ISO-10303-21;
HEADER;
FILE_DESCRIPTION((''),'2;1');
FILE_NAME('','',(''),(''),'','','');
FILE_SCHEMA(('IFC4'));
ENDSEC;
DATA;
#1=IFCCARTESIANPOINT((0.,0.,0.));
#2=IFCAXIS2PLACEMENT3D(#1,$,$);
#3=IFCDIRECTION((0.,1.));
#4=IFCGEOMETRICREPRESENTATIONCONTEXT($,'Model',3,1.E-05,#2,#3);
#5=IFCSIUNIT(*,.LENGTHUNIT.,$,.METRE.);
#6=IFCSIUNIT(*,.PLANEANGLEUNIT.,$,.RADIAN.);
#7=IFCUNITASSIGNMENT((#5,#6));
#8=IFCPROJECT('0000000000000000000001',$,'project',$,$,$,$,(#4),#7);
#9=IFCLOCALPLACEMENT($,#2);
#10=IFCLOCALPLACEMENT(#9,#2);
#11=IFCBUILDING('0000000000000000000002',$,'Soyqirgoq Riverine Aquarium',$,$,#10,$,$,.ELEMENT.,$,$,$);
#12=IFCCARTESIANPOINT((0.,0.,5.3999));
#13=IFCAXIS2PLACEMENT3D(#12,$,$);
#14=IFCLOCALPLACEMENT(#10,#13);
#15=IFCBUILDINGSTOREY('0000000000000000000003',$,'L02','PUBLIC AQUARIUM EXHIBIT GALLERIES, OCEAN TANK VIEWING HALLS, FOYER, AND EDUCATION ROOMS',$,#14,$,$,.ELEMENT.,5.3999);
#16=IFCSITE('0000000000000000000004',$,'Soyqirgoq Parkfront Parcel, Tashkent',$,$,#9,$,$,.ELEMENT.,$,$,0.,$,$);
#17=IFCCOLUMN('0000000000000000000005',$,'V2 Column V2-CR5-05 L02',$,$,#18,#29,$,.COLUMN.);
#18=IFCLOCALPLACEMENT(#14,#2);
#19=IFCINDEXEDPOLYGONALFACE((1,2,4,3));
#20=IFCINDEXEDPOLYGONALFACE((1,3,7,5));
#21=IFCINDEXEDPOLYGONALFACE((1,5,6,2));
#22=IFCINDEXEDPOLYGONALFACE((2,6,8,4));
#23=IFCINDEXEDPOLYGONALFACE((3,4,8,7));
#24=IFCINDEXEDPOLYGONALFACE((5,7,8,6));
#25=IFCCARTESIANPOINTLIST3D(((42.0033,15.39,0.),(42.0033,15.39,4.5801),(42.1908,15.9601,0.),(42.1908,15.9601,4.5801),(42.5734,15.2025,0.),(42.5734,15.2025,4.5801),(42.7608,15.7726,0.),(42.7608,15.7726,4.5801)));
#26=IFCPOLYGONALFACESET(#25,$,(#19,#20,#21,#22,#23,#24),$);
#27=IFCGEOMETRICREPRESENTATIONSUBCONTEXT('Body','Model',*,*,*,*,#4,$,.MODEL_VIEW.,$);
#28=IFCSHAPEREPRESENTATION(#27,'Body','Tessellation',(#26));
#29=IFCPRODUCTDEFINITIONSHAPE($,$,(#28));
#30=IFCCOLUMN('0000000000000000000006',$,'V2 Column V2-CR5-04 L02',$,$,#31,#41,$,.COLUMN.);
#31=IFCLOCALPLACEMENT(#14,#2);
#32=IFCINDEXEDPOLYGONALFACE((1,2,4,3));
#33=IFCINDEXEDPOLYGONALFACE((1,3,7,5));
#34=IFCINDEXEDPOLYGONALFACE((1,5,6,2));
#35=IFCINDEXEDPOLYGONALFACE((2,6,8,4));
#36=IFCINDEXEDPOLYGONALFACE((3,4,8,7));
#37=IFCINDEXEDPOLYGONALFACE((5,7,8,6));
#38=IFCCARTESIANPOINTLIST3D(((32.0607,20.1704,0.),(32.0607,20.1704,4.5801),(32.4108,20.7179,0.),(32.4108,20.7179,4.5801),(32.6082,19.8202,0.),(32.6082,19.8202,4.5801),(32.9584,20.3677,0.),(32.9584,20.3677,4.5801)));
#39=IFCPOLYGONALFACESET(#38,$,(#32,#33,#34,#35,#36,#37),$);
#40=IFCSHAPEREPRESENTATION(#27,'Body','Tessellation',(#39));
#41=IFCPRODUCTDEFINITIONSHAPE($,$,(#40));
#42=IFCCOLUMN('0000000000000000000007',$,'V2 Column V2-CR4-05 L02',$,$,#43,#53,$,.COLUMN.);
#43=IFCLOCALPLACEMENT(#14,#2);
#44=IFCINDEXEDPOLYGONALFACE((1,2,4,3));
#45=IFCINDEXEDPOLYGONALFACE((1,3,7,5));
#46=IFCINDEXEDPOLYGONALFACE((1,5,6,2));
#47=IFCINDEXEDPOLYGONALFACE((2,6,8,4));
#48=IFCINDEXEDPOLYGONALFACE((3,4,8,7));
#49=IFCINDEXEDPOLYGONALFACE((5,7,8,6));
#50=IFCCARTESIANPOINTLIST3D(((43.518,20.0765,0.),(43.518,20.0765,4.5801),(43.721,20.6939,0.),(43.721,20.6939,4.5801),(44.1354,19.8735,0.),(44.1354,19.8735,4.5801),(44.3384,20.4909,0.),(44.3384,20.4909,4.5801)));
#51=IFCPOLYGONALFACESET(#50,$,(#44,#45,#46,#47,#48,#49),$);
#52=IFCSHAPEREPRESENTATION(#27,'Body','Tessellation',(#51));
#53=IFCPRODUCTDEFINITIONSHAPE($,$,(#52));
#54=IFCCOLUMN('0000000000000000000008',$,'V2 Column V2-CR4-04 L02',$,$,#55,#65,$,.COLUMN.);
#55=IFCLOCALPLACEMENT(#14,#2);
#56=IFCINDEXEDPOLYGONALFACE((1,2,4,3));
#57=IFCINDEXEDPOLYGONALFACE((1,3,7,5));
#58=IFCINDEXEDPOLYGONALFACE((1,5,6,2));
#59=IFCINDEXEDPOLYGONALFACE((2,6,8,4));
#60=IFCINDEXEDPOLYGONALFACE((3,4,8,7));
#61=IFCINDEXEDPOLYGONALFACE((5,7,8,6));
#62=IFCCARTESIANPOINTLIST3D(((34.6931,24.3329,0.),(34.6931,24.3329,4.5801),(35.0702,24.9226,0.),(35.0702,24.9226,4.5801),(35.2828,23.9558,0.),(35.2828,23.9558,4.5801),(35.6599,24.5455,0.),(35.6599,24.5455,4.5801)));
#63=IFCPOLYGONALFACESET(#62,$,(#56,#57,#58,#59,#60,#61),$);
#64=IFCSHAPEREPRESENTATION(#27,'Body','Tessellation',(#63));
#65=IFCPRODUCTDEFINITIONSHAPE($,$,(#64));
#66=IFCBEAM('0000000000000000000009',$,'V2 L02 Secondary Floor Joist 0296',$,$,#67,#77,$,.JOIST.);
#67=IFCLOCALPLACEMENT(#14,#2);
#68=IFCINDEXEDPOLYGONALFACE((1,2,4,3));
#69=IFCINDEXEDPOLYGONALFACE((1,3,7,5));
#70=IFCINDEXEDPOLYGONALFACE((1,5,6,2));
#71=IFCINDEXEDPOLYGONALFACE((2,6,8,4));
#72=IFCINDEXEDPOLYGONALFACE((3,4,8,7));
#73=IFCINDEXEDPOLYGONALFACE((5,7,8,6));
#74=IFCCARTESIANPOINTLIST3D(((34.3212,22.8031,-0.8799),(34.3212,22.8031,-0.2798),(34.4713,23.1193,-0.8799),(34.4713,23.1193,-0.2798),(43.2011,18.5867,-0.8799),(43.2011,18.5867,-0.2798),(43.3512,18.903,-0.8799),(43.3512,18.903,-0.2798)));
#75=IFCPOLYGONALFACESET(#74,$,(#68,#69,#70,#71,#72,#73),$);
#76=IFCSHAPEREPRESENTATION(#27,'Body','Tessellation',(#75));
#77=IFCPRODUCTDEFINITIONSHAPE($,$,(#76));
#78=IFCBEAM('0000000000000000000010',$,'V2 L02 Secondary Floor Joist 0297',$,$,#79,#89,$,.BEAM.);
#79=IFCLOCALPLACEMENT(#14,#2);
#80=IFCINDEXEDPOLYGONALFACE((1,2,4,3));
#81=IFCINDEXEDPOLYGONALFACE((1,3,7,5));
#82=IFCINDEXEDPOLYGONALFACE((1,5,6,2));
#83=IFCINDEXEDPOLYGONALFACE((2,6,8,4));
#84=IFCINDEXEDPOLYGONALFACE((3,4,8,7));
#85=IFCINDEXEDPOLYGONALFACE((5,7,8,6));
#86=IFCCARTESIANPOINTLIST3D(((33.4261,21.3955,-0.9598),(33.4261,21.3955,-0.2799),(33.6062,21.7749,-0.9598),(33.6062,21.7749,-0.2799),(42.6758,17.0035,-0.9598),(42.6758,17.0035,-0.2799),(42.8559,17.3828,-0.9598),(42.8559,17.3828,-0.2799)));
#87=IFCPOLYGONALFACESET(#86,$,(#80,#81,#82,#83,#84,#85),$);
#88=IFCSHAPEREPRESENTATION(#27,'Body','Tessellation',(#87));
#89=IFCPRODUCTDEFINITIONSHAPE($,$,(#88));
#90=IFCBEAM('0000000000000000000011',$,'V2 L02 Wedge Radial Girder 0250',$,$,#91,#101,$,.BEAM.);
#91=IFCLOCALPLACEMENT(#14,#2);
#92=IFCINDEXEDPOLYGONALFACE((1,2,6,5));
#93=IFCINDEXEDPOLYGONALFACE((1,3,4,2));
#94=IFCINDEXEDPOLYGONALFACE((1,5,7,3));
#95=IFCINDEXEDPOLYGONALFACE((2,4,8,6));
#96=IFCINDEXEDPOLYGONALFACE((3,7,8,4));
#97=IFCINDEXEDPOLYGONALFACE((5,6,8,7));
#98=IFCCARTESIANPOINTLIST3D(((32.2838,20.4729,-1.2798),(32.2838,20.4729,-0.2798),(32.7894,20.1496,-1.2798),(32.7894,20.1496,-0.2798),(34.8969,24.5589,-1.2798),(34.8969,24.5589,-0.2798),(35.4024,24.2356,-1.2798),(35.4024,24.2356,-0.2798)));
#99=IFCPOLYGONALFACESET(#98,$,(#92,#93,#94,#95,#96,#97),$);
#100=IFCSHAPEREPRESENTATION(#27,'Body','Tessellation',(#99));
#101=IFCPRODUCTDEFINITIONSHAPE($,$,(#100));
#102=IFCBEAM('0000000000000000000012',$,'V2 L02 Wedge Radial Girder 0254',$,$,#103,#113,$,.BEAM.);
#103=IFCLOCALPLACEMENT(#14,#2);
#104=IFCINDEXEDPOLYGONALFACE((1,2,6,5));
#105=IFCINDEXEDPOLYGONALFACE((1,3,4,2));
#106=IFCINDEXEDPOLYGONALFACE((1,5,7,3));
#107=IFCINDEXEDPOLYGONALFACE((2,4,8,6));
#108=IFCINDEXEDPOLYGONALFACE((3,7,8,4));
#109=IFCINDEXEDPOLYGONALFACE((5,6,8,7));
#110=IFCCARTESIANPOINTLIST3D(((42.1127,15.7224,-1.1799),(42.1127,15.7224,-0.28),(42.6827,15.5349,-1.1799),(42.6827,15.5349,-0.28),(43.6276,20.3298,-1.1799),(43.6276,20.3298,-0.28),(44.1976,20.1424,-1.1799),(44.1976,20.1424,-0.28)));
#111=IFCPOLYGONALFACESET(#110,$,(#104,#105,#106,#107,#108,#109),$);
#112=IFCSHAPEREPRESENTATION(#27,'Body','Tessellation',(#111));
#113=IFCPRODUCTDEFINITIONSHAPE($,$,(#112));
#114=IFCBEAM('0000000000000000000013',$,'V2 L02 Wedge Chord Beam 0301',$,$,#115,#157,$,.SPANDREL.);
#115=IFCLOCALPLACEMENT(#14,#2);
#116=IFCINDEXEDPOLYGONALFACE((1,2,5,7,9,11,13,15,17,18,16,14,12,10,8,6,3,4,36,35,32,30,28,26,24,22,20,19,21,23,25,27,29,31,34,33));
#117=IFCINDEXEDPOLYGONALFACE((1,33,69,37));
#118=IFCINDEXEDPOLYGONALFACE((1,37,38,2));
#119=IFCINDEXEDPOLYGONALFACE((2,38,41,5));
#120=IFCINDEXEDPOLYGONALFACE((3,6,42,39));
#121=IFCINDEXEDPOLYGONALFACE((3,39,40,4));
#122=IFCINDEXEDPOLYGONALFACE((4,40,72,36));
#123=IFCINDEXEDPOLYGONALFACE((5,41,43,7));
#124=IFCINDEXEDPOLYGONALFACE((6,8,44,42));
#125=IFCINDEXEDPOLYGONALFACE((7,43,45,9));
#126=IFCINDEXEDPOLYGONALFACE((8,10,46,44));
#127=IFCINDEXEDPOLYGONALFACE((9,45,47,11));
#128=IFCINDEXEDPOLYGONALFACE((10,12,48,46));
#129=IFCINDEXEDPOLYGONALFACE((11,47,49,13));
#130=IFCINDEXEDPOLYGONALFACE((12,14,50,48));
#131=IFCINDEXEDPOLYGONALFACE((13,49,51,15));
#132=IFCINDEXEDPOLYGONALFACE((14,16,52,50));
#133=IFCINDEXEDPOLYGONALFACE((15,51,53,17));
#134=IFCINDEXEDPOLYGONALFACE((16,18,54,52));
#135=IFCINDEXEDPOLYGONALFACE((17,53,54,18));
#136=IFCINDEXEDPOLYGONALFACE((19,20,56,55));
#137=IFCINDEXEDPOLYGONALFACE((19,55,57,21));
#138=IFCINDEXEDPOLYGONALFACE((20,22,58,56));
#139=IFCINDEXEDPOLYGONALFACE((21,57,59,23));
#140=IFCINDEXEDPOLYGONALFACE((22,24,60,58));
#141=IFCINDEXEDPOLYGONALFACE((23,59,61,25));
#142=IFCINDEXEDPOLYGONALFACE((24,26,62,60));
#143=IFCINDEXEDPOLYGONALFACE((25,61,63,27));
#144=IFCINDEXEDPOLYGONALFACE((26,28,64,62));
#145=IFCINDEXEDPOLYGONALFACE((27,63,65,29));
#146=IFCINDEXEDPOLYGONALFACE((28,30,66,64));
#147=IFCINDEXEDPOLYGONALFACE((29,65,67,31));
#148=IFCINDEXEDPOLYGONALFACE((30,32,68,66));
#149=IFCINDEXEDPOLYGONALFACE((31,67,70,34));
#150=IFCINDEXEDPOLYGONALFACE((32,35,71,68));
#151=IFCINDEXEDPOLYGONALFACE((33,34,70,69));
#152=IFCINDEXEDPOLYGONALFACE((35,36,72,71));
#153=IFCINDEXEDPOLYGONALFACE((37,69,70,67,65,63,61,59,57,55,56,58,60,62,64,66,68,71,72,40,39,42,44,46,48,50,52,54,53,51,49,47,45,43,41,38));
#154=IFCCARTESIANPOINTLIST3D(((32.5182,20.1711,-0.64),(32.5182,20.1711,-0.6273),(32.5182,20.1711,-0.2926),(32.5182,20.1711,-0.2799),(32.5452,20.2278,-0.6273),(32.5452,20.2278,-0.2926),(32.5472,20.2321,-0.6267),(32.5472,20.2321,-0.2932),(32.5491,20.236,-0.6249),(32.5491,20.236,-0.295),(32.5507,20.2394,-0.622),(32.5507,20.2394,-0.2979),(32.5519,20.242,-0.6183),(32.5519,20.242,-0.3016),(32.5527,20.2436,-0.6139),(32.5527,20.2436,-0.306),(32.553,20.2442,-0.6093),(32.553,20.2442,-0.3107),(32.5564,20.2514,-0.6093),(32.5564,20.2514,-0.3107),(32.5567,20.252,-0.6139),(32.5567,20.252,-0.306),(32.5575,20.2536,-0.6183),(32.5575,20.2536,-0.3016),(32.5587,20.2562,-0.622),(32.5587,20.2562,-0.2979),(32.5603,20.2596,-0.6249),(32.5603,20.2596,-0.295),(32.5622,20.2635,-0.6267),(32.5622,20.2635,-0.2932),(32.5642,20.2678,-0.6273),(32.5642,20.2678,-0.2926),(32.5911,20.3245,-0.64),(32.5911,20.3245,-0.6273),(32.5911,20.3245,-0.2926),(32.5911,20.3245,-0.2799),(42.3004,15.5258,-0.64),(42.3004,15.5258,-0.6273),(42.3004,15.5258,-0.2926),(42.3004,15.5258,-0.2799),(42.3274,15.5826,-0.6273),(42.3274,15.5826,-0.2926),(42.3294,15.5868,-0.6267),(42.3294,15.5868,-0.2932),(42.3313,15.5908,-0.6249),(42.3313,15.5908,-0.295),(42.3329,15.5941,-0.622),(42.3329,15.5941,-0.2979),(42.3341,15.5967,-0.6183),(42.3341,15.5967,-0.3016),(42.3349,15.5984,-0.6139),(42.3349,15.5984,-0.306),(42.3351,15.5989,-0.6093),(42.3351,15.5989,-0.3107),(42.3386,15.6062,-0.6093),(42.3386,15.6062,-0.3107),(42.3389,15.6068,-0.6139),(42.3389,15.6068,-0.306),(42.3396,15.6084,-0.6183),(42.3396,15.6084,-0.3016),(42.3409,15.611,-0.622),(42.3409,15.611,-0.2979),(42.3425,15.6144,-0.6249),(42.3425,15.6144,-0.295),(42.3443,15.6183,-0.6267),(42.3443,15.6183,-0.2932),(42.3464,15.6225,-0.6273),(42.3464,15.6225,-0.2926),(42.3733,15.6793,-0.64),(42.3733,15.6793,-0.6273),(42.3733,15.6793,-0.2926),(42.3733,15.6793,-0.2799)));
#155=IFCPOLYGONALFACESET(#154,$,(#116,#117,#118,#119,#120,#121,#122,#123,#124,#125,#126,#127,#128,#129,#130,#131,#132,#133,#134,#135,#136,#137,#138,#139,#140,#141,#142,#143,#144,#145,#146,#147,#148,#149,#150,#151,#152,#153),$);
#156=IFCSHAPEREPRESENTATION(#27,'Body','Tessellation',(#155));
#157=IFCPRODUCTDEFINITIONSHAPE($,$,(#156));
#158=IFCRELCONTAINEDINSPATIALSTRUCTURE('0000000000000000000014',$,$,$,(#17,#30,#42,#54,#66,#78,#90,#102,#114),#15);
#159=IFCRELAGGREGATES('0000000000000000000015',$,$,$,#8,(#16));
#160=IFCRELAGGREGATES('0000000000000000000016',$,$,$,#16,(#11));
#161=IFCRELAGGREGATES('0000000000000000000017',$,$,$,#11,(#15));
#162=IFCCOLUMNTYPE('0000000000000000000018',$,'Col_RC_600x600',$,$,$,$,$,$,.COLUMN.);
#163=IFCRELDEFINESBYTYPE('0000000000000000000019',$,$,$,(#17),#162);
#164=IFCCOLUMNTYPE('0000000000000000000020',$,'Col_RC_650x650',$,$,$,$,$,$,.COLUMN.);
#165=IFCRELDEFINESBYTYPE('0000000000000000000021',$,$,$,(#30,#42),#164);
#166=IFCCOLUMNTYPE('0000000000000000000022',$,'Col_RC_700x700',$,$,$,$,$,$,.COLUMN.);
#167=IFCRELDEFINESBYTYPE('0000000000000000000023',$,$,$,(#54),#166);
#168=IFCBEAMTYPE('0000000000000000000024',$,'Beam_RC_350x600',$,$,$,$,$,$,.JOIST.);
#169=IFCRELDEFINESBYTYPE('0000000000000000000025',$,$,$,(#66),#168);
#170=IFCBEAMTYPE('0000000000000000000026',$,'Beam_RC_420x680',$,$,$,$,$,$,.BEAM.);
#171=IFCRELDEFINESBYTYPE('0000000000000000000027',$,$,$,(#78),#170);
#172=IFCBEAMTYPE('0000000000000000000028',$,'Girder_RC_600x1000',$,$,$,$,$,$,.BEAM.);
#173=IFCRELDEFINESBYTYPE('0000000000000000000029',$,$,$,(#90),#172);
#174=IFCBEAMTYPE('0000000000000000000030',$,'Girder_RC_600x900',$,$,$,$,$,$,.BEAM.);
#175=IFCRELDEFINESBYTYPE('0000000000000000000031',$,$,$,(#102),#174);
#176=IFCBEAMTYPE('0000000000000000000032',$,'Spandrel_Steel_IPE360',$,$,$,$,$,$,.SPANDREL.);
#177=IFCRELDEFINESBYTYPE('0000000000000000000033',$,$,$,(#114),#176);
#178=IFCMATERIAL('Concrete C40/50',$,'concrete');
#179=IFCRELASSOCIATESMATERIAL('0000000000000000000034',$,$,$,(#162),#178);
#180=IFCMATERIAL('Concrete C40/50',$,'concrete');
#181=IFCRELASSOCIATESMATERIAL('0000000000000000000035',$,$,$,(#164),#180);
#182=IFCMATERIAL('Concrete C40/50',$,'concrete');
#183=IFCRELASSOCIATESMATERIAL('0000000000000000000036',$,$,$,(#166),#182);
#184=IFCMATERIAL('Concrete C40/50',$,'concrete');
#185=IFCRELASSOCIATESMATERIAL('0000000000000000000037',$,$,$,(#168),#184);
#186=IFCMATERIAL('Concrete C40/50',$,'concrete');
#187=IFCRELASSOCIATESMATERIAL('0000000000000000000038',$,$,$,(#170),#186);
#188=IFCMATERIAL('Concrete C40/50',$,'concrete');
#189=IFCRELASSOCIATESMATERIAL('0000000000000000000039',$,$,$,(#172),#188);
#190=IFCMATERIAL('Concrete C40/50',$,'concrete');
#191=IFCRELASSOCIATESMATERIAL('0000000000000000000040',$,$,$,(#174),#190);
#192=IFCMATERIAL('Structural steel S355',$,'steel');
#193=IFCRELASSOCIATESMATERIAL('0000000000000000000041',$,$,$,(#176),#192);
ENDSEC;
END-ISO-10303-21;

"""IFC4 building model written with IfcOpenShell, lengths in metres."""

from ifc_helpers import new_model, si_unit, direction, frame, origin, origin_2d, place, context, subcontext, project, spatial, rectangle, i_section, extrude, material, material_profile, profile_set, type_object, element, save


model = new_model("IFC4")

# Units and contexts
model_context = context("Model", 3, precision=1e-05, world=origin(), true_north=direction((0.0, 1.0)))
body_context = subcontext(model_context, "Body", "Model", "MODEL_VIEW")
ifc_project = project(units=[si_unit("LENGTHUNIT", "METRE"), si_unit("PLANEANGLEUNIT", "RADIAN")], contexts=[model_context])

# Site, building, storey
site_placement = place(None, origin())
site = spatial("IfcSite", under=ifc_project, at=site_placement, Name="Soyqirgoq Parkfront Parcel, Tashkent", CompositionType="ELEMENT", RefElevation=0.0)
building_placement = place(site_placement, origin())
building = spatial("IfcBuilding", under=site, at=building_placement, Name="Soyqirgoq Riverine Aquarium", CompositionType="ELEMENT")
storey_placement = place(building_placement, frame((0.0, 0.0, 5.3999)))
storey = spatial("IfcBuildingStorey", under=building, at=storey_placement, Name="L02", Description="PUBLIC AQUARIUM EXHIBIT GALLERIES, OCEAN TANK VIEWING HALLS, FOYER, AND EDUCATION ROOMS", CompositionType="ELEMENT", Elevation=5.3999)

# Columns
ifc_material_1 = material(Name="Concrete C40/50", Category="concrete")
ifc_material_profile_1 = material_profile(ifc_material_1, rectangle(XDim=0.6001, YDim=0.6001, at=origin_2d()), Name="RC 600x600")
ifc_profile_set_1 = profile_set([ifc_material_profile_1], Name="Concrete C40/50")
column_type_1 = type_object("IfcColumnType", Name="Col_RC_600x600", PredefinedType="COLUMN", material=ifc_profile_set_1)
column_1_placement = place(storey_placement, frame((42.3821, 15.5813, 0.0), z_axis=(0.0, 0.0, 1.0), x_axis=(-0.312335, -0.949972, 0.0)))
element("IfcColumn", 1, at=column_1_placement, inside=storey, type_object=column_type_1, Name="V2 Column V2-CR5-05 L02", PredefinedType="COLUMN", context=body_context, shape_type="SweptSolid", body=[
    extrude(rectangle(XDim=0.6001, YDim=0.6001, at=origin_2d()), origin(), (0.0, 0.0, 1.0), 4.5801),
])
ifc_material_2 = material(Name="Concrete C40/50", Category="concrete")
ifc_material_profile_2 = material_profile(ifc_material_2, rectangle(XDim=0.6499, YDim=0.6499, at=origin_2d()), Name="RC 650x650")
ifc_profile_set_2 = profile_set([ifc_material_profile_2], Name="Concrete C40/50")
column_type_2 = type_object("IfcColumnType", Name="Col_RC_650x650", PredefinedType="COLUMN", material=ifc_profile_set_2)
for number, where, z_axis, x_axis, name in (
    (2, (32.5095, 20.269, 0.0), (0.0, 0.0, 1.0), (-0.538771, -0.842452, 0.0), "V2 Column V2-CR5-04 L02"),
    (3, (43.9282, 20.2837, 0.0), (0.0, 0.0, 1.0), (-0.312335, -0.949972, 0.0), "V2 Column V2-CR4-05 L02"),
):
    element("IfcColumn", number, at=place(storey_placement, frame(where, z_axis=z_axis, x_axis=x_axis)), inside=storey, type_object=column_type_2, Name=name, PredefinedType="COLUMN", context=body_context, shape_type="SweptSolid", body=[
        extrude(rectangle(XDim=0.6499, YDim=0.6499, at=origin_2d()), origin(), (0.0, 0.0, 1.0), 4.5801),
    ])
ifc_material_3 = material(Name="Concrete C40/50", Category="concrete")
ifc_material_profile_3 = material_profile(ifc_material_3, rectangle(XDim=0.7, YDim=0.7, at=origin_2d()), Name="RC 700x700")
ifc_profile_set_3 = profile_set([ifc_material_profile_3], Name="Concrete C40/50")
column_type_3 = type_object("IfcColumnType", Name="Col_RC_700x700", PredefinedType="COLUMN", material=ifc_profile_set_3)
column_2_placement = place(storey_placement, frame((35.1765, 24.4392, 0.0), z_axis=(0.0, 0.0, 1.0), x_axis=(-0.538771, -0.842452, 0.0)))
element("IfcColumn", 4, at=column_2_placement, inside=storey, type_object=column_type_3, Name="V2 Column V2-CR4-04 L02", PredefinedType="COLUMN", context=body_context, shape_type="SweptSolid", body=[
    extrude(rectangle(XDim=0.7, YDim=0.7, at=origin_2d()), origin(), (0.0, 0.0, 1.0), 4.5801),
])

# Beams
ifc_material_4 = material(Name="Concrete C40/50", Category="concrete")
ifc_material_profile_4 = material_profile(ifc_material_4, rectangle(XDim=0.3501, YDim=0.6001, at=origin_2d()), Name="RC 350x600")
ifc_profile_set_4 = profile_set([ifc_material_profile_4], Name="Concrete C40/50")
beam_type_1 = type_object("IfcBeamType", Name="Beam_RC_350x600", PredefinedType="JOIST", material=ifc_profile_set_4)
beam_1_placement = place(storey_placement, frame((34.3962, 22.9612, -0.5798), z_axis=(0.903342, -0.428921, 0.0), x_axis=(0.428921, 0.903342, 0.0)))
element("IfcBeam", 5, at=beam_1_placement, inside=storey, type_object=beam_type_1, Name="V2 L02 Secondary Floor Joist 0296", PredefinedType="JOIST", context=body_context, shape_type="SweptSolid", body=[
    extrude(rectangle(XDim=0.3501, YDim=0.6001, at=origin_2d()), origin(), (0.0, 0.0, 1.0), 9.8301),
])
ifc_material_5 = material(Name="Concrete C40/50", Category="concrete")
ifc_material_profile_5 = material_profile(ifc_material_5, rectangle(XDim=0.4199, YDim=0.6799, at=origin_2d()), Name="RC 420x680")
ifc_profile_set_5 = profile_set([ifc_material_profile_5], Name="Concrete C40/50")
beam_type_2 = type_object("IfcBeamType", Name="Beam_RC_420x680", PredefinedType="BEAM", material=ifc_profile_set_5)
beam_2_placement = place(storey_placement, frame((33.5161, 21.5852, -0.6199), z_axis=(0.903336, -0.428934, 0.0), x_axis=(0.428934, 0.903336, 0.0)))
element("IfcBeam", 6, at=beam_2_placement, inside=storey, type_object=beam_type_2, Name="V2 L02 Secondary Floor Joist 0297", PredefinedType="BEAM", context=body_context, shape_type="SweptSolid", body=[
    extrude(rectangle(XDim=0.4199, YDim=0.6799, at=origin_2d()), origin(), (0.0, 0.0, 1.0), 10.2395),
])
ifc_material_6 = material(Name="Concrete C40/50", Category="concrete")
ifc_material_profile_6 = material_profile(ifc_material_6, rectangle(XDim=0.6001, YDim=1.0, at=origin_2d()), Name="RC 600x1000")
ifc_profile_set_6 = profile_set([ifc_material_profile_6], Name="Concrete C40/50")
beam_type_3 = type_object("IfcBeamType", Name="Girder_RC_600x1000", PredefinedType="BEAM", material=ifc_profile_set_6)
beam_3_placement = place(storey_placement, frame((35.1497, 24.3972, -0.7798), z_axis=(-0.538767, -0.842455, 0.0), x_axis=(0.842455, -0.538767, 0.0)))
element("IfcBeam", 7, at=beam_3_placement, inside=storey, type_object=beam_type_3, Name="V2 L02 Wedge Radial Girder 0250", PredefinedType="BEAM", context=body_context, shape_type="SweptSolid", body=[
    extrude(rectangle(XDim=0.6001, YDim=1.0, at=origin_2d()), origin(), (0.0, 0.0, 1.0), 4.8501),
])
ifc_material_7 = material(Name="Concrete C40/50", Category="concrete")
ifc_material_profile_7 = material_profile(ifc_material_7, rectangle(XDim=0.6001, YDim=0.8999, at=origin_2d()), Name="RC 600x900")
ifc_profile_set_7 = profile_set([ifc_material_profile_7], Name="Concrete C40/50")
beam_type_4 = type_object("IfcBeamType", Name="Girder_RC_600x900", PredefinedType="BEAM", material=ifc_profile_set_7)
beam_4_placement = place(storey_placement, frame((43.9126, 20.2361, -0.73), z_axis=(-0.312344, -0.949969, 0.0), x_axis=(0.949969, -0.312344, 0.0)))
element("IfcBeam", 8, at=beam_4_placement, inside=storey, type_object=beam_type_4, Name="V2 L02 Wedge Radial Girder 0254", PredefinedType="BEAM", context=body_context, shape_type="SweptSolid", body=[
    extrude(rectangle(XDim=0.6001, YDim=0.8999, at=origin_2d()), origin(), (0.0, 0.0, 1.0), 4.8501),
])
ifc_material_8 = material(Name="Structural steel S355", Category="steel")
ifc_material_profile_8 = material_profile(ifc_material_8, i_section(OverallWidth=0.1699, OverallDepth=0.3601, WebThickness=0.0081, FlangeThickness=0.0127, FilletRadius=0.0181, at=origin_2d()), Name="IPE 360")
ifc_profile_set_8 = profile_set([ifc_material_profile_8], Name="Structural steel S355")
beam_type_5 = type_object("IfcBeamType", Name="Spandrel_Steel_IPE360", PredefinedType="SPANDREL", material=ifc_profile_set_8)
beam_5_placement = place(storey_placement, frame((32.5547, 20.2478, -0.46), z_axis=(0.903324, -0.428959, 0.0), x_axis=(0.428959, 0.903324, 0.0)))
element("IfcBeam", 9, at=beam_5_placement, inside=storey, type_object=beam_type_5, Name="V2 L02 Wedge Chord Beam 0301", PredefinedType="SPANDREL", context=body_context, shape_type="SweptSolid", body=[
    extrude(i_section(OverallWidth=0.1699, OverallDepth=0.3601, WebThickness=0.0081, FlangeThickness=0.0127, FilletRadius=0.0181, at=origin_2d()), origin(), (0.0, 0.0, 1.0), 10.8291),
])

save(model, "model.ifc")
